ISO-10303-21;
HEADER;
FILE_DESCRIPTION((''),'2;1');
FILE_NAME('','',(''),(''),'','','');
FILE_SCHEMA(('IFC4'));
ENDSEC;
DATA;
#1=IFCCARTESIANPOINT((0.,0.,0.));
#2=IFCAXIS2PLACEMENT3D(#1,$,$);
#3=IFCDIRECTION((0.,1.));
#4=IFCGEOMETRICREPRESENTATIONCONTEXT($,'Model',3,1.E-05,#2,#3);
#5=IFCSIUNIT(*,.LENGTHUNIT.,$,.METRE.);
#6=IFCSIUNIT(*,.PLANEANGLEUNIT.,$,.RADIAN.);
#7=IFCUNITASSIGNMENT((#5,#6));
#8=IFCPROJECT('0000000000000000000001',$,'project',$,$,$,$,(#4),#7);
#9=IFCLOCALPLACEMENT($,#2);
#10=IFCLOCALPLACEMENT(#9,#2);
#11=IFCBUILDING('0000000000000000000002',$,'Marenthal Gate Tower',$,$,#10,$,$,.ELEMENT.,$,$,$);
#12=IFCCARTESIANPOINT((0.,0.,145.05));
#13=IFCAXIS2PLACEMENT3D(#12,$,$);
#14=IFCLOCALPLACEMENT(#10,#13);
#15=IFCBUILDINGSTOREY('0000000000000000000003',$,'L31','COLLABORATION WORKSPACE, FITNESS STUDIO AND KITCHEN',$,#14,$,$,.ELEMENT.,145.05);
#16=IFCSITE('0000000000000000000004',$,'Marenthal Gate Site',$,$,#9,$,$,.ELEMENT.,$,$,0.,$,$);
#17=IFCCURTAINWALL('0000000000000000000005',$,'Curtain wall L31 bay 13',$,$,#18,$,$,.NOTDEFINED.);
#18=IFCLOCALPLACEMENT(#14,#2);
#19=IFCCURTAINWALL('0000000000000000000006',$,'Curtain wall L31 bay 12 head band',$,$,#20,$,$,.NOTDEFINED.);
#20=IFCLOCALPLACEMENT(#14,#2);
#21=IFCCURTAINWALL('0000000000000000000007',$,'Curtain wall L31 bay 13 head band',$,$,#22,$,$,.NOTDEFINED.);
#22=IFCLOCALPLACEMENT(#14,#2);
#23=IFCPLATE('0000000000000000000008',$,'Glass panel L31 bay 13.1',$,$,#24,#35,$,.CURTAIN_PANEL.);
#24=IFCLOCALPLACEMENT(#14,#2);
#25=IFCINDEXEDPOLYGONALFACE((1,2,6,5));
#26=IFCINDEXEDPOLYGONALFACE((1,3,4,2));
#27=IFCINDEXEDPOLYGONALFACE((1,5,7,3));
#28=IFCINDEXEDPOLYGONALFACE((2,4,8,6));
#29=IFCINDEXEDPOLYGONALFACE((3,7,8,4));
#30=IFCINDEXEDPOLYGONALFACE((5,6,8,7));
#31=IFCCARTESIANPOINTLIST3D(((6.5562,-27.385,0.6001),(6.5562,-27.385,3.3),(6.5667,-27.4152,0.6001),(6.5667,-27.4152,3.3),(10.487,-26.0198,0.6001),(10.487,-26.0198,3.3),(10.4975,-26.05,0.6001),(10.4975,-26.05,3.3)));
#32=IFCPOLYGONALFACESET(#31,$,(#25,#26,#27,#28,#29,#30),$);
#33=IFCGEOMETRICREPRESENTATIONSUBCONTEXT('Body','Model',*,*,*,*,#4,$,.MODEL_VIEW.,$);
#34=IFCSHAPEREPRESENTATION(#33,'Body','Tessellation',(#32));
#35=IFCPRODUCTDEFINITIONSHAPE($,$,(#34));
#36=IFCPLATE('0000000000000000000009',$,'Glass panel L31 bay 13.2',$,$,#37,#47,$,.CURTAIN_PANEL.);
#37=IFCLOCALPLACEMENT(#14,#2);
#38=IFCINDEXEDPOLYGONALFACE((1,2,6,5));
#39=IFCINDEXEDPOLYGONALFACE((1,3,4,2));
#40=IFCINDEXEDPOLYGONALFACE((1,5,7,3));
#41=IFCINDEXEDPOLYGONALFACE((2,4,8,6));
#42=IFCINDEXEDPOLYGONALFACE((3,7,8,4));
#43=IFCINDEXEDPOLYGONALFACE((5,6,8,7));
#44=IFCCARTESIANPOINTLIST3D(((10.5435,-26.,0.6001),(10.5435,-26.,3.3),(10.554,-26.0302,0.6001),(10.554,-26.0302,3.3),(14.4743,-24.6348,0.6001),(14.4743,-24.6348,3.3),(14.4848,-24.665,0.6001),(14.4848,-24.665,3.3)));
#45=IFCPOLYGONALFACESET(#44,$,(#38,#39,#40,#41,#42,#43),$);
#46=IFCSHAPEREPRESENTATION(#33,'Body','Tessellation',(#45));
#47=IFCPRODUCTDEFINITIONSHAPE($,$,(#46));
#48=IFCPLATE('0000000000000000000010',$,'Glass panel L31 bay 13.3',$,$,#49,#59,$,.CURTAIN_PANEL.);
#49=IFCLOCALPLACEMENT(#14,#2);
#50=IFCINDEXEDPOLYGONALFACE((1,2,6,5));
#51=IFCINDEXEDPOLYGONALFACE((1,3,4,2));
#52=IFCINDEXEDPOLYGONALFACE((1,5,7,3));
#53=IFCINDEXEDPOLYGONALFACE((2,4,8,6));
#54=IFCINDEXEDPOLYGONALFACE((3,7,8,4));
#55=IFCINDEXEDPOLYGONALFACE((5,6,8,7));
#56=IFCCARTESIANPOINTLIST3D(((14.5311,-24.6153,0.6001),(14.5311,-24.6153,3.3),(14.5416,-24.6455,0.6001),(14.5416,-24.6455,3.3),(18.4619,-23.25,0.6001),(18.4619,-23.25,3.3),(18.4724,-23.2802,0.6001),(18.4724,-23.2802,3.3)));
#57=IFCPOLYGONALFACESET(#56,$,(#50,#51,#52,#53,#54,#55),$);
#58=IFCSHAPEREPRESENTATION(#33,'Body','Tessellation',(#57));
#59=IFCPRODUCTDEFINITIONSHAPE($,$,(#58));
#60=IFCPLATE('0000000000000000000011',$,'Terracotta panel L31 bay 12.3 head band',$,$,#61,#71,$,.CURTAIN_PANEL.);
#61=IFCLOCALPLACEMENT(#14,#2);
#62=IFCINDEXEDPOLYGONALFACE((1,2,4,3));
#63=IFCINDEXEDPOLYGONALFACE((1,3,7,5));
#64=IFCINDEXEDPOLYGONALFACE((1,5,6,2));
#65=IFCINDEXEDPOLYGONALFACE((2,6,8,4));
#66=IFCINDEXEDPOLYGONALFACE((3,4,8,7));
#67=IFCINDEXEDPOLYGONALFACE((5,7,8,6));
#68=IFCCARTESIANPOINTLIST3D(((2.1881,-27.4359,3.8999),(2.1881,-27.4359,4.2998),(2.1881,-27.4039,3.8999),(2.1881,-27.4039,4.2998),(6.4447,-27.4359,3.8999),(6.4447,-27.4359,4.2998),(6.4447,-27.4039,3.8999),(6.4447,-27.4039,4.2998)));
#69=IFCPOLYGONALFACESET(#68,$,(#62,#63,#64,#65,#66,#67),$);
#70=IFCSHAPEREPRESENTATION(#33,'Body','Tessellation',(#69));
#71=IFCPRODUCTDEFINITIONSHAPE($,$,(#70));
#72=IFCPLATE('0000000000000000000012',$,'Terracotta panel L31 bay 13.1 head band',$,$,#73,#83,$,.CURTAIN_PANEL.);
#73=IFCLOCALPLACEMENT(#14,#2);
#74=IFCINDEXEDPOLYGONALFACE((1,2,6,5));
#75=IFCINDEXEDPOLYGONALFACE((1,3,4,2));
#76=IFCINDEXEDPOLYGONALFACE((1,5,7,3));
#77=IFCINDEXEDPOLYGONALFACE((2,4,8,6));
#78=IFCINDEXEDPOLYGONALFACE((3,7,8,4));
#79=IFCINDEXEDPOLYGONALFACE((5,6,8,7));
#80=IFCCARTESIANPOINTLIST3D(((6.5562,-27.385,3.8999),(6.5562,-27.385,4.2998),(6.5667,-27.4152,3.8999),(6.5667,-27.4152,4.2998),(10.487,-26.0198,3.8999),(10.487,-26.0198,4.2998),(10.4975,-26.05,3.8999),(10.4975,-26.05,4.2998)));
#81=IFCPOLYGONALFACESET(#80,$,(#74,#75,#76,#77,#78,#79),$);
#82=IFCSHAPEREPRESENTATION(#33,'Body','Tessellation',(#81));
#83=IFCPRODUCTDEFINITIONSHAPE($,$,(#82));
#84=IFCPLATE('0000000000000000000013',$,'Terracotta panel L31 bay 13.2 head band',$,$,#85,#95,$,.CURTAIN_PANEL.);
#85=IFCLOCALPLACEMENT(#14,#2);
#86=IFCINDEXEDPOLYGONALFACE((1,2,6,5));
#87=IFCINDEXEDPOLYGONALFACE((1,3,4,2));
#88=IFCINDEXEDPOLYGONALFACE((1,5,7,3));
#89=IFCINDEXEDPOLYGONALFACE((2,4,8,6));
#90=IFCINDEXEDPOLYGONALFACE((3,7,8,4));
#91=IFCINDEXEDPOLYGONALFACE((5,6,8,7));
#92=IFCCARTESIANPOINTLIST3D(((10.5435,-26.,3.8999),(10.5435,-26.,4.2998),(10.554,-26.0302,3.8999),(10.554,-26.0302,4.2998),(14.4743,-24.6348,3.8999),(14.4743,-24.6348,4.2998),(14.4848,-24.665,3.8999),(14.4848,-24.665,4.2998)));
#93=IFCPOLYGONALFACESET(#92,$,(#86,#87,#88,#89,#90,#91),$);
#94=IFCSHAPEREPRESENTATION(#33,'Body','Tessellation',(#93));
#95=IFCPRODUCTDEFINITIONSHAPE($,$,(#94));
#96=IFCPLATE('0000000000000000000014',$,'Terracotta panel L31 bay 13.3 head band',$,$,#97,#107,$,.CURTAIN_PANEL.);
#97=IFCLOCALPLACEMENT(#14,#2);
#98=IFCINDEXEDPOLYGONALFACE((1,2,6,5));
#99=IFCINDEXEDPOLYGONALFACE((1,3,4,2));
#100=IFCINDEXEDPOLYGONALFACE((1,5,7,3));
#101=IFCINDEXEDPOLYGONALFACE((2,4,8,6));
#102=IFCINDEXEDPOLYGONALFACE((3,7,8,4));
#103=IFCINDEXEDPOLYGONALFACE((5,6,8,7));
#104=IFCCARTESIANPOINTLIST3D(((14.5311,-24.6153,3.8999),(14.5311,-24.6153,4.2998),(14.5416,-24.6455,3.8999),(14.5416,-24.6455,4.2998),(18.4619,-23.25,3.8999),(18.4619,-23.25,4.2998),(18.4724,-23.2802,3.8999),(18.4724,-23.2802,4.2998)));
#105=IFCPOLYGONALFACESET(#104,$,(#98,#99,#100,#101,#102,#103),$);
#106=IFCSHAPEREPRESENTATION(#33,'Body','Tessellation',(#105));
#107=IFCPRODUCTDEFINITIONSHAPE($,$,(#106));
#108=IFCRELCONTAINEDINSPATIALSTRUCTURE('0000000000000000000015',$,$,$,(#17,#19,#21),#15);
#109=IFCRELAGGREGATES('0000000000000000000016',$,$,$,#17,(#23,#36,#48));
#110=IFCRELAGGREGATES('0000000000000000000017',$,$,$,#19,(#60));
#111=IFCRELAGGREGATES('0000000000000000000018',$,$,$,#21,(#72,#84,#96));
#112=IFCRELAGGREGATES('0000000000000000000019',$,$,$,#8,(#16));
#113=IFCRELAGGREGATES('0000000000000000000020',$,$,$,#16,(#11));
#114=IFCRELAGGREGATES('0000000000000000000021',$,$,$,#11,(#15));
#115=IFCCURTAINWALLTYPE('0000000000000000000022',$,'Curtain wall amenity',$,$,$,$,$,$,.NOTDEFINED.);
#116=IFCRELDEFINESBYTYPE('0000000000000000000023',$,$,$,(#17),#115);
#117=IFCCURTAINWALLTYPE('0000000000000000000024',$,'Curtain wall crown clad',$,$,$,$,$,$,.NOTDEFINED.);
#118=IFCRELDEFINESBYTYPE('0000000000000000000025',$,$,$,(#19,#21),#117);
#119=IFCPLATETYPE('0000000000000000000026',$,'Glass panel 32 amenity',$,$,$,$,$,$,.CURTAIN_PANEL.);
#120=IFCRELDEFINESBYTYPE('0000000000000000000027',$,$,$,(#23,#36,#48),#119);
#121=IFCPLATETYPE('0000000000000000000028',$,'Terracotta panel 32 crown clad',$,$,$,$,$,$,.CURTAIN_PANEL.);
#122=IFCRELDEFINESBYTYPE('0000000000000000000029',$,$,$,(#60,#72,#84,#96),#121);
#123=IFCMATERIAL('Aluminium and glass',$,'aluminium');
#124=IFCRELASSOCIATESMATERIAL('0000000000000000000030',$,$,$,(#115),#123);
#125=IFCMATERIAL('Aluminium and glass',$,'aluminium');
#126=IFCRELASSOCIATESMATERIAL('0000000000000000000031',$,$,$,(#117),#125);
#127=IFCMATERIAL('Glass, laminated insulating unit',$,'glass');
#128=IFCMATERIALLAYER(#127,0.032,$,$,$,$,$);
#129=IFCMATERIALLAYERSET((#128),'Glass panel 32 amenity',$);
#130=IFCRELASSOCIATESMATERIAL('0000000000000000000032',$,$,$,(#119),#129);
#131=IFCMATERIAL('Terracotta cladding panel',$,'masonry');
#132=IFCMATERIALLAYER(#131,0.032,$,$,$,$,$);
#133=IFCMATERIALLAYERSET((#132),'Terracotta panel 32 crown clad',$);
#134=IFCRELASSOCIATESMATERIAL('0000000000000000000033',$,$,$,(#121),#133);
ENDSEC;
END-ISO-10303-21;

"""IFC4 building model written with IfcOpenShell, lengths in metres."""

from ifc_helpers import new_model, si_unit, direction, frame, origin, origin_2d, place, context, subcontext, project, spatial, rectangle, extrude, material, layer, layer_set, type_object, element, aggregate, save


model = new_model("IFC4")

# Units and contexts
model_context = context("Model", 3, precision=1e-05, world=origin(), true_north=direction((0.0, 1.0)))
body_context = subcontext(model_context, "Body", "Model", "MODEL_VIEW")
ifc_project = project(units=[si_unit("LENGTHUNIT", "METRE"), si_unit("PLANEANGLEUNIT", "RADIAN")], contexts=[model_context])

# Site, building, storey
site_placement = place(None, origin())
site = spatial("IfcSite", under=ifc_project, at=site_placement, Name="Marenthal Gate Site", CompositionType="ELEMENT", RefElevation=0.0)
building_placement = place(site_placement, origin())
building = spatial("IfcBuilding", under=site, at=building_placement, Name="Marenthal Gate Tower", CompositionType="ELEMENT")
storey_placement = place(building_placement, frame((0.0, 0.0, 145.05)))
storey = spatial("IfcBuildingStorey", under=building, at=storey_placement, Name="L31", Description="COLLABORATION WORKSPACE, FITNESS STUDIO AND KITCHEN", CompositionType="ELEMENT", Elevation=145.05)

# Curtain wall
ifc_material_1 = material(Name="Aluminium and glass", Category="aluminium")
curtain_wall_type_1 = type_object("IfcCurtainWallType", Name="Curtain wall amenity", PredefinedType="NOTDEFINED", material=ifc_material_1)
curtain_wall_1_placement = place(storey_placement, origin())
curtain_wall_1 = element("IfcCurtainWall", 1, at=curtain_wall_1_placement, inside=storey, type_object=curtain_wall_type_1, Name="Curtain wall L31 bay 13", PredefinedType="NOTDEFINED")

# Curtain walls
ifc_material_2 = material(Name="Aluminium and glass", Category="aluminium")
curtain_wall_type_2 = type_object("IfcCurtainWallType", Name="Curtain wall crown clad", PredefinedType="NOTDEFINED", material=ifc_material_2)
curtain_wall_2_placement = place(storey_placement, origin())
curtain_wall_2 = element("IfcCurtainWall", 2, at=curtain_wall_2_placement, inside=storey, type_object=curtain_wall_type_2, Name="Curtain wall L31 bay 12 head band", PredefinedType="NOTDEFINED")
curtain_wall_3_placement = place(storey_placement, origin())
curtain_wall_3 = element("IfcCurtainWall", 3, at=curtain_wall_3_placement, inside=storey, type_object=curtain_wall_type_2, Name="Curtain wall L31 bay 13 head band", PredefinedType="NOTDEFINED")

# Plates
ifc_material_3 = material(Name="Glass, laminated insulating unit", Category="glass")
ifc_layer_1 = layer(ifc_material_3, 0.032)
ifc_layer_set_1 = layer_set([ifc_layer_1], Name="Glass panel 32 amenity")
plate_type_1 = type_object("IfcPlateType", Name="Glass panel 32 amenity", PredefinedType="CURTAIN_PANEL", material=ifc_layer_set_1)
plate_1_placement = place(storey_placement, frame((8.5269, -26.7175, 0.6001), z_axis=(0.0, 0.0, 1.0), x_axis=(0.944647, 0.328089, 0.0)))
plate_1 = element("IfcPlate", 4, at=plate_1_placement, type_object=plate_type_1, Name="Glass panel L31 bay 13.1", PredefinedType="CURTAIN_PANEL", context=body_context, shape_type="SweptSolid", body=[
    extrude(rectangle(XDim=4.1611, YDim=0.032, at=origin_2d()), origin(), (0.0, 0.0, 1.0), 2.7),
])
plate_2_placement = place(storey_placement, frame((12.5142, -25.3325, 0.6001), z_axis=(0.0, 0.0, 1.0), x_axis=(0.944647, 0.328089, 0.0)))
plate_2 = element("IfcPlate", 5, at=plate_2_placement, type_object=plate_type_1, Name="Glass panel L31 bay 13.2", PredefinedType="CURTAIN_PANEL", context=body_context, shape_type="SweptSolid", body=[
    extrude(rectangle(XDim=4.1611, YDim=0.032, at=origin_2d()), origin(), (0.0, 0.0, 1.0), 2.7),
])
plate_3_placement = place(storey_placement, frame((16.5017, -23.9478, 0.6001), z_axis=(0.0, 0.0, 1.0), x_axis=(0.944647, 0.328089, 0.0)))
plate_3 = element("IfcPlate", 6, at=plate_3_placement, type_object=plate_type_1, Name="Glass panel L31 bay 13.3", PredefinedType="CURTAIN_PANEL", context=body_context, shape_type="SweptSolid", body=[
    extrude(rectangle(XDim=4.1611, YDim=0.032, at=origin_2d()), origin(), (0.0, 0.0, 1.0), 2.7),
])
aggregate(curtain_wall_1, [plate_1, plate_2, plate_3])
ifc_material_4 = material(Name="Terracotta cladding panel", Category="masonry")
ifc_layer_2 = layer(ifc_material_4, 0.032)
ifc_layer_set_2 = layer_set([ifc_layer_2], Name="Terracotta panel 32 crown clad")
plate_type_2 = type_object("IfcPlateType", Name="Terracotta panel 32 crown clad", PredefinedType="CURTAIN_PANEL", material=ifc_layer_set_2)
plate_4_placement = place(storey_placement, frame((4.3164, -27.4199, 3.8999), z_axis=(0.0, 0.0, 1.0), x_axis=(1.0, 0.0, 0.0)))
plate_4 = element("IfcPlate", 7, at=plate_4_placement, type_object=plate_type_2, Name="Terracotta panel L31 bay 12.3 head band", PredefinedType="CURTAIN_PANEL", context=body_context, shape_type="SweptSolid", body=[
    extrude(rectangle(XDim=4.2566, YDim=0.032, at=origin_2d()), origin(), (0.0, 0.0, 1.0), 0.3999),
])
aggregate(curtain_wall_2, [plate_4])
plate_5_placement = place(storey_placement, frame((8.5269, -26.7175, 3.8999), z_axis=(0.0, 0.0, 1.0), x_axis=(0.944647, 0.328089, 0.0)))
plate_5 = element("IfcPlate", 8, at=plate_5_placement, type_object=plate_type_2, Name="Terracotta panel L31 bay 13.1 head band", PredefinedType="CURTAIN_PANEL", context=body_context, shape_type="SweptSolid", body=[
    extrude(rectangle(XDim=4.1611, YDim=0.032, at=origin_2d()), origin(), (0.0, 0.0, 1.0), 0.3999),
])
plate_6_placement = place(storey_placement, frame((12.5142, -25.3325, 3.8999), z_axis=(0.0, 0.0, 1.0), x_axis=(0.944647, 0.328089, 0.0)))
plate_6 = element("IfcPlate", 9, at=plate_6_placement, type_object=plate_type_2, Name="Terracotta panel L31 bay 13.2 head band", PredefinedType="CURTAIN_PANEL", context=body_context, shape_type="SweptSolid", body=[
    extrude(rectangle(XDim=4.1611, YDim=0.032, at=origin_2d()), origin(), (0.0, 0.0, 1.0), 0.3999),
])
plate_7_placement = place(storey_placement, frame((16.5017, -23.9478, 3.8999), z_axis=(0.0, 0.0, 1.0), x_axis=(0.944647, 0.328089, 0.0)))
plate_7 = element("IfcPlate", 10, at=plate_7_placement, type_object=plate_type_2, Name="Terracotta panel L31 bay 13.3 head band", PredefinedType="CURTAIN_PANEL", context=body_context, shape_type="SweptSolid", body=[
    extrude(rectangle(XDim=4.1611, YDim=0.032, at=origin_2d()), origin(), (0.0, 0.0, 1.0), 0.3999),
])
aggregate(curtain_wall_3, [plate_5, plate_6, plate_7])

save(model, "model.ifc")
